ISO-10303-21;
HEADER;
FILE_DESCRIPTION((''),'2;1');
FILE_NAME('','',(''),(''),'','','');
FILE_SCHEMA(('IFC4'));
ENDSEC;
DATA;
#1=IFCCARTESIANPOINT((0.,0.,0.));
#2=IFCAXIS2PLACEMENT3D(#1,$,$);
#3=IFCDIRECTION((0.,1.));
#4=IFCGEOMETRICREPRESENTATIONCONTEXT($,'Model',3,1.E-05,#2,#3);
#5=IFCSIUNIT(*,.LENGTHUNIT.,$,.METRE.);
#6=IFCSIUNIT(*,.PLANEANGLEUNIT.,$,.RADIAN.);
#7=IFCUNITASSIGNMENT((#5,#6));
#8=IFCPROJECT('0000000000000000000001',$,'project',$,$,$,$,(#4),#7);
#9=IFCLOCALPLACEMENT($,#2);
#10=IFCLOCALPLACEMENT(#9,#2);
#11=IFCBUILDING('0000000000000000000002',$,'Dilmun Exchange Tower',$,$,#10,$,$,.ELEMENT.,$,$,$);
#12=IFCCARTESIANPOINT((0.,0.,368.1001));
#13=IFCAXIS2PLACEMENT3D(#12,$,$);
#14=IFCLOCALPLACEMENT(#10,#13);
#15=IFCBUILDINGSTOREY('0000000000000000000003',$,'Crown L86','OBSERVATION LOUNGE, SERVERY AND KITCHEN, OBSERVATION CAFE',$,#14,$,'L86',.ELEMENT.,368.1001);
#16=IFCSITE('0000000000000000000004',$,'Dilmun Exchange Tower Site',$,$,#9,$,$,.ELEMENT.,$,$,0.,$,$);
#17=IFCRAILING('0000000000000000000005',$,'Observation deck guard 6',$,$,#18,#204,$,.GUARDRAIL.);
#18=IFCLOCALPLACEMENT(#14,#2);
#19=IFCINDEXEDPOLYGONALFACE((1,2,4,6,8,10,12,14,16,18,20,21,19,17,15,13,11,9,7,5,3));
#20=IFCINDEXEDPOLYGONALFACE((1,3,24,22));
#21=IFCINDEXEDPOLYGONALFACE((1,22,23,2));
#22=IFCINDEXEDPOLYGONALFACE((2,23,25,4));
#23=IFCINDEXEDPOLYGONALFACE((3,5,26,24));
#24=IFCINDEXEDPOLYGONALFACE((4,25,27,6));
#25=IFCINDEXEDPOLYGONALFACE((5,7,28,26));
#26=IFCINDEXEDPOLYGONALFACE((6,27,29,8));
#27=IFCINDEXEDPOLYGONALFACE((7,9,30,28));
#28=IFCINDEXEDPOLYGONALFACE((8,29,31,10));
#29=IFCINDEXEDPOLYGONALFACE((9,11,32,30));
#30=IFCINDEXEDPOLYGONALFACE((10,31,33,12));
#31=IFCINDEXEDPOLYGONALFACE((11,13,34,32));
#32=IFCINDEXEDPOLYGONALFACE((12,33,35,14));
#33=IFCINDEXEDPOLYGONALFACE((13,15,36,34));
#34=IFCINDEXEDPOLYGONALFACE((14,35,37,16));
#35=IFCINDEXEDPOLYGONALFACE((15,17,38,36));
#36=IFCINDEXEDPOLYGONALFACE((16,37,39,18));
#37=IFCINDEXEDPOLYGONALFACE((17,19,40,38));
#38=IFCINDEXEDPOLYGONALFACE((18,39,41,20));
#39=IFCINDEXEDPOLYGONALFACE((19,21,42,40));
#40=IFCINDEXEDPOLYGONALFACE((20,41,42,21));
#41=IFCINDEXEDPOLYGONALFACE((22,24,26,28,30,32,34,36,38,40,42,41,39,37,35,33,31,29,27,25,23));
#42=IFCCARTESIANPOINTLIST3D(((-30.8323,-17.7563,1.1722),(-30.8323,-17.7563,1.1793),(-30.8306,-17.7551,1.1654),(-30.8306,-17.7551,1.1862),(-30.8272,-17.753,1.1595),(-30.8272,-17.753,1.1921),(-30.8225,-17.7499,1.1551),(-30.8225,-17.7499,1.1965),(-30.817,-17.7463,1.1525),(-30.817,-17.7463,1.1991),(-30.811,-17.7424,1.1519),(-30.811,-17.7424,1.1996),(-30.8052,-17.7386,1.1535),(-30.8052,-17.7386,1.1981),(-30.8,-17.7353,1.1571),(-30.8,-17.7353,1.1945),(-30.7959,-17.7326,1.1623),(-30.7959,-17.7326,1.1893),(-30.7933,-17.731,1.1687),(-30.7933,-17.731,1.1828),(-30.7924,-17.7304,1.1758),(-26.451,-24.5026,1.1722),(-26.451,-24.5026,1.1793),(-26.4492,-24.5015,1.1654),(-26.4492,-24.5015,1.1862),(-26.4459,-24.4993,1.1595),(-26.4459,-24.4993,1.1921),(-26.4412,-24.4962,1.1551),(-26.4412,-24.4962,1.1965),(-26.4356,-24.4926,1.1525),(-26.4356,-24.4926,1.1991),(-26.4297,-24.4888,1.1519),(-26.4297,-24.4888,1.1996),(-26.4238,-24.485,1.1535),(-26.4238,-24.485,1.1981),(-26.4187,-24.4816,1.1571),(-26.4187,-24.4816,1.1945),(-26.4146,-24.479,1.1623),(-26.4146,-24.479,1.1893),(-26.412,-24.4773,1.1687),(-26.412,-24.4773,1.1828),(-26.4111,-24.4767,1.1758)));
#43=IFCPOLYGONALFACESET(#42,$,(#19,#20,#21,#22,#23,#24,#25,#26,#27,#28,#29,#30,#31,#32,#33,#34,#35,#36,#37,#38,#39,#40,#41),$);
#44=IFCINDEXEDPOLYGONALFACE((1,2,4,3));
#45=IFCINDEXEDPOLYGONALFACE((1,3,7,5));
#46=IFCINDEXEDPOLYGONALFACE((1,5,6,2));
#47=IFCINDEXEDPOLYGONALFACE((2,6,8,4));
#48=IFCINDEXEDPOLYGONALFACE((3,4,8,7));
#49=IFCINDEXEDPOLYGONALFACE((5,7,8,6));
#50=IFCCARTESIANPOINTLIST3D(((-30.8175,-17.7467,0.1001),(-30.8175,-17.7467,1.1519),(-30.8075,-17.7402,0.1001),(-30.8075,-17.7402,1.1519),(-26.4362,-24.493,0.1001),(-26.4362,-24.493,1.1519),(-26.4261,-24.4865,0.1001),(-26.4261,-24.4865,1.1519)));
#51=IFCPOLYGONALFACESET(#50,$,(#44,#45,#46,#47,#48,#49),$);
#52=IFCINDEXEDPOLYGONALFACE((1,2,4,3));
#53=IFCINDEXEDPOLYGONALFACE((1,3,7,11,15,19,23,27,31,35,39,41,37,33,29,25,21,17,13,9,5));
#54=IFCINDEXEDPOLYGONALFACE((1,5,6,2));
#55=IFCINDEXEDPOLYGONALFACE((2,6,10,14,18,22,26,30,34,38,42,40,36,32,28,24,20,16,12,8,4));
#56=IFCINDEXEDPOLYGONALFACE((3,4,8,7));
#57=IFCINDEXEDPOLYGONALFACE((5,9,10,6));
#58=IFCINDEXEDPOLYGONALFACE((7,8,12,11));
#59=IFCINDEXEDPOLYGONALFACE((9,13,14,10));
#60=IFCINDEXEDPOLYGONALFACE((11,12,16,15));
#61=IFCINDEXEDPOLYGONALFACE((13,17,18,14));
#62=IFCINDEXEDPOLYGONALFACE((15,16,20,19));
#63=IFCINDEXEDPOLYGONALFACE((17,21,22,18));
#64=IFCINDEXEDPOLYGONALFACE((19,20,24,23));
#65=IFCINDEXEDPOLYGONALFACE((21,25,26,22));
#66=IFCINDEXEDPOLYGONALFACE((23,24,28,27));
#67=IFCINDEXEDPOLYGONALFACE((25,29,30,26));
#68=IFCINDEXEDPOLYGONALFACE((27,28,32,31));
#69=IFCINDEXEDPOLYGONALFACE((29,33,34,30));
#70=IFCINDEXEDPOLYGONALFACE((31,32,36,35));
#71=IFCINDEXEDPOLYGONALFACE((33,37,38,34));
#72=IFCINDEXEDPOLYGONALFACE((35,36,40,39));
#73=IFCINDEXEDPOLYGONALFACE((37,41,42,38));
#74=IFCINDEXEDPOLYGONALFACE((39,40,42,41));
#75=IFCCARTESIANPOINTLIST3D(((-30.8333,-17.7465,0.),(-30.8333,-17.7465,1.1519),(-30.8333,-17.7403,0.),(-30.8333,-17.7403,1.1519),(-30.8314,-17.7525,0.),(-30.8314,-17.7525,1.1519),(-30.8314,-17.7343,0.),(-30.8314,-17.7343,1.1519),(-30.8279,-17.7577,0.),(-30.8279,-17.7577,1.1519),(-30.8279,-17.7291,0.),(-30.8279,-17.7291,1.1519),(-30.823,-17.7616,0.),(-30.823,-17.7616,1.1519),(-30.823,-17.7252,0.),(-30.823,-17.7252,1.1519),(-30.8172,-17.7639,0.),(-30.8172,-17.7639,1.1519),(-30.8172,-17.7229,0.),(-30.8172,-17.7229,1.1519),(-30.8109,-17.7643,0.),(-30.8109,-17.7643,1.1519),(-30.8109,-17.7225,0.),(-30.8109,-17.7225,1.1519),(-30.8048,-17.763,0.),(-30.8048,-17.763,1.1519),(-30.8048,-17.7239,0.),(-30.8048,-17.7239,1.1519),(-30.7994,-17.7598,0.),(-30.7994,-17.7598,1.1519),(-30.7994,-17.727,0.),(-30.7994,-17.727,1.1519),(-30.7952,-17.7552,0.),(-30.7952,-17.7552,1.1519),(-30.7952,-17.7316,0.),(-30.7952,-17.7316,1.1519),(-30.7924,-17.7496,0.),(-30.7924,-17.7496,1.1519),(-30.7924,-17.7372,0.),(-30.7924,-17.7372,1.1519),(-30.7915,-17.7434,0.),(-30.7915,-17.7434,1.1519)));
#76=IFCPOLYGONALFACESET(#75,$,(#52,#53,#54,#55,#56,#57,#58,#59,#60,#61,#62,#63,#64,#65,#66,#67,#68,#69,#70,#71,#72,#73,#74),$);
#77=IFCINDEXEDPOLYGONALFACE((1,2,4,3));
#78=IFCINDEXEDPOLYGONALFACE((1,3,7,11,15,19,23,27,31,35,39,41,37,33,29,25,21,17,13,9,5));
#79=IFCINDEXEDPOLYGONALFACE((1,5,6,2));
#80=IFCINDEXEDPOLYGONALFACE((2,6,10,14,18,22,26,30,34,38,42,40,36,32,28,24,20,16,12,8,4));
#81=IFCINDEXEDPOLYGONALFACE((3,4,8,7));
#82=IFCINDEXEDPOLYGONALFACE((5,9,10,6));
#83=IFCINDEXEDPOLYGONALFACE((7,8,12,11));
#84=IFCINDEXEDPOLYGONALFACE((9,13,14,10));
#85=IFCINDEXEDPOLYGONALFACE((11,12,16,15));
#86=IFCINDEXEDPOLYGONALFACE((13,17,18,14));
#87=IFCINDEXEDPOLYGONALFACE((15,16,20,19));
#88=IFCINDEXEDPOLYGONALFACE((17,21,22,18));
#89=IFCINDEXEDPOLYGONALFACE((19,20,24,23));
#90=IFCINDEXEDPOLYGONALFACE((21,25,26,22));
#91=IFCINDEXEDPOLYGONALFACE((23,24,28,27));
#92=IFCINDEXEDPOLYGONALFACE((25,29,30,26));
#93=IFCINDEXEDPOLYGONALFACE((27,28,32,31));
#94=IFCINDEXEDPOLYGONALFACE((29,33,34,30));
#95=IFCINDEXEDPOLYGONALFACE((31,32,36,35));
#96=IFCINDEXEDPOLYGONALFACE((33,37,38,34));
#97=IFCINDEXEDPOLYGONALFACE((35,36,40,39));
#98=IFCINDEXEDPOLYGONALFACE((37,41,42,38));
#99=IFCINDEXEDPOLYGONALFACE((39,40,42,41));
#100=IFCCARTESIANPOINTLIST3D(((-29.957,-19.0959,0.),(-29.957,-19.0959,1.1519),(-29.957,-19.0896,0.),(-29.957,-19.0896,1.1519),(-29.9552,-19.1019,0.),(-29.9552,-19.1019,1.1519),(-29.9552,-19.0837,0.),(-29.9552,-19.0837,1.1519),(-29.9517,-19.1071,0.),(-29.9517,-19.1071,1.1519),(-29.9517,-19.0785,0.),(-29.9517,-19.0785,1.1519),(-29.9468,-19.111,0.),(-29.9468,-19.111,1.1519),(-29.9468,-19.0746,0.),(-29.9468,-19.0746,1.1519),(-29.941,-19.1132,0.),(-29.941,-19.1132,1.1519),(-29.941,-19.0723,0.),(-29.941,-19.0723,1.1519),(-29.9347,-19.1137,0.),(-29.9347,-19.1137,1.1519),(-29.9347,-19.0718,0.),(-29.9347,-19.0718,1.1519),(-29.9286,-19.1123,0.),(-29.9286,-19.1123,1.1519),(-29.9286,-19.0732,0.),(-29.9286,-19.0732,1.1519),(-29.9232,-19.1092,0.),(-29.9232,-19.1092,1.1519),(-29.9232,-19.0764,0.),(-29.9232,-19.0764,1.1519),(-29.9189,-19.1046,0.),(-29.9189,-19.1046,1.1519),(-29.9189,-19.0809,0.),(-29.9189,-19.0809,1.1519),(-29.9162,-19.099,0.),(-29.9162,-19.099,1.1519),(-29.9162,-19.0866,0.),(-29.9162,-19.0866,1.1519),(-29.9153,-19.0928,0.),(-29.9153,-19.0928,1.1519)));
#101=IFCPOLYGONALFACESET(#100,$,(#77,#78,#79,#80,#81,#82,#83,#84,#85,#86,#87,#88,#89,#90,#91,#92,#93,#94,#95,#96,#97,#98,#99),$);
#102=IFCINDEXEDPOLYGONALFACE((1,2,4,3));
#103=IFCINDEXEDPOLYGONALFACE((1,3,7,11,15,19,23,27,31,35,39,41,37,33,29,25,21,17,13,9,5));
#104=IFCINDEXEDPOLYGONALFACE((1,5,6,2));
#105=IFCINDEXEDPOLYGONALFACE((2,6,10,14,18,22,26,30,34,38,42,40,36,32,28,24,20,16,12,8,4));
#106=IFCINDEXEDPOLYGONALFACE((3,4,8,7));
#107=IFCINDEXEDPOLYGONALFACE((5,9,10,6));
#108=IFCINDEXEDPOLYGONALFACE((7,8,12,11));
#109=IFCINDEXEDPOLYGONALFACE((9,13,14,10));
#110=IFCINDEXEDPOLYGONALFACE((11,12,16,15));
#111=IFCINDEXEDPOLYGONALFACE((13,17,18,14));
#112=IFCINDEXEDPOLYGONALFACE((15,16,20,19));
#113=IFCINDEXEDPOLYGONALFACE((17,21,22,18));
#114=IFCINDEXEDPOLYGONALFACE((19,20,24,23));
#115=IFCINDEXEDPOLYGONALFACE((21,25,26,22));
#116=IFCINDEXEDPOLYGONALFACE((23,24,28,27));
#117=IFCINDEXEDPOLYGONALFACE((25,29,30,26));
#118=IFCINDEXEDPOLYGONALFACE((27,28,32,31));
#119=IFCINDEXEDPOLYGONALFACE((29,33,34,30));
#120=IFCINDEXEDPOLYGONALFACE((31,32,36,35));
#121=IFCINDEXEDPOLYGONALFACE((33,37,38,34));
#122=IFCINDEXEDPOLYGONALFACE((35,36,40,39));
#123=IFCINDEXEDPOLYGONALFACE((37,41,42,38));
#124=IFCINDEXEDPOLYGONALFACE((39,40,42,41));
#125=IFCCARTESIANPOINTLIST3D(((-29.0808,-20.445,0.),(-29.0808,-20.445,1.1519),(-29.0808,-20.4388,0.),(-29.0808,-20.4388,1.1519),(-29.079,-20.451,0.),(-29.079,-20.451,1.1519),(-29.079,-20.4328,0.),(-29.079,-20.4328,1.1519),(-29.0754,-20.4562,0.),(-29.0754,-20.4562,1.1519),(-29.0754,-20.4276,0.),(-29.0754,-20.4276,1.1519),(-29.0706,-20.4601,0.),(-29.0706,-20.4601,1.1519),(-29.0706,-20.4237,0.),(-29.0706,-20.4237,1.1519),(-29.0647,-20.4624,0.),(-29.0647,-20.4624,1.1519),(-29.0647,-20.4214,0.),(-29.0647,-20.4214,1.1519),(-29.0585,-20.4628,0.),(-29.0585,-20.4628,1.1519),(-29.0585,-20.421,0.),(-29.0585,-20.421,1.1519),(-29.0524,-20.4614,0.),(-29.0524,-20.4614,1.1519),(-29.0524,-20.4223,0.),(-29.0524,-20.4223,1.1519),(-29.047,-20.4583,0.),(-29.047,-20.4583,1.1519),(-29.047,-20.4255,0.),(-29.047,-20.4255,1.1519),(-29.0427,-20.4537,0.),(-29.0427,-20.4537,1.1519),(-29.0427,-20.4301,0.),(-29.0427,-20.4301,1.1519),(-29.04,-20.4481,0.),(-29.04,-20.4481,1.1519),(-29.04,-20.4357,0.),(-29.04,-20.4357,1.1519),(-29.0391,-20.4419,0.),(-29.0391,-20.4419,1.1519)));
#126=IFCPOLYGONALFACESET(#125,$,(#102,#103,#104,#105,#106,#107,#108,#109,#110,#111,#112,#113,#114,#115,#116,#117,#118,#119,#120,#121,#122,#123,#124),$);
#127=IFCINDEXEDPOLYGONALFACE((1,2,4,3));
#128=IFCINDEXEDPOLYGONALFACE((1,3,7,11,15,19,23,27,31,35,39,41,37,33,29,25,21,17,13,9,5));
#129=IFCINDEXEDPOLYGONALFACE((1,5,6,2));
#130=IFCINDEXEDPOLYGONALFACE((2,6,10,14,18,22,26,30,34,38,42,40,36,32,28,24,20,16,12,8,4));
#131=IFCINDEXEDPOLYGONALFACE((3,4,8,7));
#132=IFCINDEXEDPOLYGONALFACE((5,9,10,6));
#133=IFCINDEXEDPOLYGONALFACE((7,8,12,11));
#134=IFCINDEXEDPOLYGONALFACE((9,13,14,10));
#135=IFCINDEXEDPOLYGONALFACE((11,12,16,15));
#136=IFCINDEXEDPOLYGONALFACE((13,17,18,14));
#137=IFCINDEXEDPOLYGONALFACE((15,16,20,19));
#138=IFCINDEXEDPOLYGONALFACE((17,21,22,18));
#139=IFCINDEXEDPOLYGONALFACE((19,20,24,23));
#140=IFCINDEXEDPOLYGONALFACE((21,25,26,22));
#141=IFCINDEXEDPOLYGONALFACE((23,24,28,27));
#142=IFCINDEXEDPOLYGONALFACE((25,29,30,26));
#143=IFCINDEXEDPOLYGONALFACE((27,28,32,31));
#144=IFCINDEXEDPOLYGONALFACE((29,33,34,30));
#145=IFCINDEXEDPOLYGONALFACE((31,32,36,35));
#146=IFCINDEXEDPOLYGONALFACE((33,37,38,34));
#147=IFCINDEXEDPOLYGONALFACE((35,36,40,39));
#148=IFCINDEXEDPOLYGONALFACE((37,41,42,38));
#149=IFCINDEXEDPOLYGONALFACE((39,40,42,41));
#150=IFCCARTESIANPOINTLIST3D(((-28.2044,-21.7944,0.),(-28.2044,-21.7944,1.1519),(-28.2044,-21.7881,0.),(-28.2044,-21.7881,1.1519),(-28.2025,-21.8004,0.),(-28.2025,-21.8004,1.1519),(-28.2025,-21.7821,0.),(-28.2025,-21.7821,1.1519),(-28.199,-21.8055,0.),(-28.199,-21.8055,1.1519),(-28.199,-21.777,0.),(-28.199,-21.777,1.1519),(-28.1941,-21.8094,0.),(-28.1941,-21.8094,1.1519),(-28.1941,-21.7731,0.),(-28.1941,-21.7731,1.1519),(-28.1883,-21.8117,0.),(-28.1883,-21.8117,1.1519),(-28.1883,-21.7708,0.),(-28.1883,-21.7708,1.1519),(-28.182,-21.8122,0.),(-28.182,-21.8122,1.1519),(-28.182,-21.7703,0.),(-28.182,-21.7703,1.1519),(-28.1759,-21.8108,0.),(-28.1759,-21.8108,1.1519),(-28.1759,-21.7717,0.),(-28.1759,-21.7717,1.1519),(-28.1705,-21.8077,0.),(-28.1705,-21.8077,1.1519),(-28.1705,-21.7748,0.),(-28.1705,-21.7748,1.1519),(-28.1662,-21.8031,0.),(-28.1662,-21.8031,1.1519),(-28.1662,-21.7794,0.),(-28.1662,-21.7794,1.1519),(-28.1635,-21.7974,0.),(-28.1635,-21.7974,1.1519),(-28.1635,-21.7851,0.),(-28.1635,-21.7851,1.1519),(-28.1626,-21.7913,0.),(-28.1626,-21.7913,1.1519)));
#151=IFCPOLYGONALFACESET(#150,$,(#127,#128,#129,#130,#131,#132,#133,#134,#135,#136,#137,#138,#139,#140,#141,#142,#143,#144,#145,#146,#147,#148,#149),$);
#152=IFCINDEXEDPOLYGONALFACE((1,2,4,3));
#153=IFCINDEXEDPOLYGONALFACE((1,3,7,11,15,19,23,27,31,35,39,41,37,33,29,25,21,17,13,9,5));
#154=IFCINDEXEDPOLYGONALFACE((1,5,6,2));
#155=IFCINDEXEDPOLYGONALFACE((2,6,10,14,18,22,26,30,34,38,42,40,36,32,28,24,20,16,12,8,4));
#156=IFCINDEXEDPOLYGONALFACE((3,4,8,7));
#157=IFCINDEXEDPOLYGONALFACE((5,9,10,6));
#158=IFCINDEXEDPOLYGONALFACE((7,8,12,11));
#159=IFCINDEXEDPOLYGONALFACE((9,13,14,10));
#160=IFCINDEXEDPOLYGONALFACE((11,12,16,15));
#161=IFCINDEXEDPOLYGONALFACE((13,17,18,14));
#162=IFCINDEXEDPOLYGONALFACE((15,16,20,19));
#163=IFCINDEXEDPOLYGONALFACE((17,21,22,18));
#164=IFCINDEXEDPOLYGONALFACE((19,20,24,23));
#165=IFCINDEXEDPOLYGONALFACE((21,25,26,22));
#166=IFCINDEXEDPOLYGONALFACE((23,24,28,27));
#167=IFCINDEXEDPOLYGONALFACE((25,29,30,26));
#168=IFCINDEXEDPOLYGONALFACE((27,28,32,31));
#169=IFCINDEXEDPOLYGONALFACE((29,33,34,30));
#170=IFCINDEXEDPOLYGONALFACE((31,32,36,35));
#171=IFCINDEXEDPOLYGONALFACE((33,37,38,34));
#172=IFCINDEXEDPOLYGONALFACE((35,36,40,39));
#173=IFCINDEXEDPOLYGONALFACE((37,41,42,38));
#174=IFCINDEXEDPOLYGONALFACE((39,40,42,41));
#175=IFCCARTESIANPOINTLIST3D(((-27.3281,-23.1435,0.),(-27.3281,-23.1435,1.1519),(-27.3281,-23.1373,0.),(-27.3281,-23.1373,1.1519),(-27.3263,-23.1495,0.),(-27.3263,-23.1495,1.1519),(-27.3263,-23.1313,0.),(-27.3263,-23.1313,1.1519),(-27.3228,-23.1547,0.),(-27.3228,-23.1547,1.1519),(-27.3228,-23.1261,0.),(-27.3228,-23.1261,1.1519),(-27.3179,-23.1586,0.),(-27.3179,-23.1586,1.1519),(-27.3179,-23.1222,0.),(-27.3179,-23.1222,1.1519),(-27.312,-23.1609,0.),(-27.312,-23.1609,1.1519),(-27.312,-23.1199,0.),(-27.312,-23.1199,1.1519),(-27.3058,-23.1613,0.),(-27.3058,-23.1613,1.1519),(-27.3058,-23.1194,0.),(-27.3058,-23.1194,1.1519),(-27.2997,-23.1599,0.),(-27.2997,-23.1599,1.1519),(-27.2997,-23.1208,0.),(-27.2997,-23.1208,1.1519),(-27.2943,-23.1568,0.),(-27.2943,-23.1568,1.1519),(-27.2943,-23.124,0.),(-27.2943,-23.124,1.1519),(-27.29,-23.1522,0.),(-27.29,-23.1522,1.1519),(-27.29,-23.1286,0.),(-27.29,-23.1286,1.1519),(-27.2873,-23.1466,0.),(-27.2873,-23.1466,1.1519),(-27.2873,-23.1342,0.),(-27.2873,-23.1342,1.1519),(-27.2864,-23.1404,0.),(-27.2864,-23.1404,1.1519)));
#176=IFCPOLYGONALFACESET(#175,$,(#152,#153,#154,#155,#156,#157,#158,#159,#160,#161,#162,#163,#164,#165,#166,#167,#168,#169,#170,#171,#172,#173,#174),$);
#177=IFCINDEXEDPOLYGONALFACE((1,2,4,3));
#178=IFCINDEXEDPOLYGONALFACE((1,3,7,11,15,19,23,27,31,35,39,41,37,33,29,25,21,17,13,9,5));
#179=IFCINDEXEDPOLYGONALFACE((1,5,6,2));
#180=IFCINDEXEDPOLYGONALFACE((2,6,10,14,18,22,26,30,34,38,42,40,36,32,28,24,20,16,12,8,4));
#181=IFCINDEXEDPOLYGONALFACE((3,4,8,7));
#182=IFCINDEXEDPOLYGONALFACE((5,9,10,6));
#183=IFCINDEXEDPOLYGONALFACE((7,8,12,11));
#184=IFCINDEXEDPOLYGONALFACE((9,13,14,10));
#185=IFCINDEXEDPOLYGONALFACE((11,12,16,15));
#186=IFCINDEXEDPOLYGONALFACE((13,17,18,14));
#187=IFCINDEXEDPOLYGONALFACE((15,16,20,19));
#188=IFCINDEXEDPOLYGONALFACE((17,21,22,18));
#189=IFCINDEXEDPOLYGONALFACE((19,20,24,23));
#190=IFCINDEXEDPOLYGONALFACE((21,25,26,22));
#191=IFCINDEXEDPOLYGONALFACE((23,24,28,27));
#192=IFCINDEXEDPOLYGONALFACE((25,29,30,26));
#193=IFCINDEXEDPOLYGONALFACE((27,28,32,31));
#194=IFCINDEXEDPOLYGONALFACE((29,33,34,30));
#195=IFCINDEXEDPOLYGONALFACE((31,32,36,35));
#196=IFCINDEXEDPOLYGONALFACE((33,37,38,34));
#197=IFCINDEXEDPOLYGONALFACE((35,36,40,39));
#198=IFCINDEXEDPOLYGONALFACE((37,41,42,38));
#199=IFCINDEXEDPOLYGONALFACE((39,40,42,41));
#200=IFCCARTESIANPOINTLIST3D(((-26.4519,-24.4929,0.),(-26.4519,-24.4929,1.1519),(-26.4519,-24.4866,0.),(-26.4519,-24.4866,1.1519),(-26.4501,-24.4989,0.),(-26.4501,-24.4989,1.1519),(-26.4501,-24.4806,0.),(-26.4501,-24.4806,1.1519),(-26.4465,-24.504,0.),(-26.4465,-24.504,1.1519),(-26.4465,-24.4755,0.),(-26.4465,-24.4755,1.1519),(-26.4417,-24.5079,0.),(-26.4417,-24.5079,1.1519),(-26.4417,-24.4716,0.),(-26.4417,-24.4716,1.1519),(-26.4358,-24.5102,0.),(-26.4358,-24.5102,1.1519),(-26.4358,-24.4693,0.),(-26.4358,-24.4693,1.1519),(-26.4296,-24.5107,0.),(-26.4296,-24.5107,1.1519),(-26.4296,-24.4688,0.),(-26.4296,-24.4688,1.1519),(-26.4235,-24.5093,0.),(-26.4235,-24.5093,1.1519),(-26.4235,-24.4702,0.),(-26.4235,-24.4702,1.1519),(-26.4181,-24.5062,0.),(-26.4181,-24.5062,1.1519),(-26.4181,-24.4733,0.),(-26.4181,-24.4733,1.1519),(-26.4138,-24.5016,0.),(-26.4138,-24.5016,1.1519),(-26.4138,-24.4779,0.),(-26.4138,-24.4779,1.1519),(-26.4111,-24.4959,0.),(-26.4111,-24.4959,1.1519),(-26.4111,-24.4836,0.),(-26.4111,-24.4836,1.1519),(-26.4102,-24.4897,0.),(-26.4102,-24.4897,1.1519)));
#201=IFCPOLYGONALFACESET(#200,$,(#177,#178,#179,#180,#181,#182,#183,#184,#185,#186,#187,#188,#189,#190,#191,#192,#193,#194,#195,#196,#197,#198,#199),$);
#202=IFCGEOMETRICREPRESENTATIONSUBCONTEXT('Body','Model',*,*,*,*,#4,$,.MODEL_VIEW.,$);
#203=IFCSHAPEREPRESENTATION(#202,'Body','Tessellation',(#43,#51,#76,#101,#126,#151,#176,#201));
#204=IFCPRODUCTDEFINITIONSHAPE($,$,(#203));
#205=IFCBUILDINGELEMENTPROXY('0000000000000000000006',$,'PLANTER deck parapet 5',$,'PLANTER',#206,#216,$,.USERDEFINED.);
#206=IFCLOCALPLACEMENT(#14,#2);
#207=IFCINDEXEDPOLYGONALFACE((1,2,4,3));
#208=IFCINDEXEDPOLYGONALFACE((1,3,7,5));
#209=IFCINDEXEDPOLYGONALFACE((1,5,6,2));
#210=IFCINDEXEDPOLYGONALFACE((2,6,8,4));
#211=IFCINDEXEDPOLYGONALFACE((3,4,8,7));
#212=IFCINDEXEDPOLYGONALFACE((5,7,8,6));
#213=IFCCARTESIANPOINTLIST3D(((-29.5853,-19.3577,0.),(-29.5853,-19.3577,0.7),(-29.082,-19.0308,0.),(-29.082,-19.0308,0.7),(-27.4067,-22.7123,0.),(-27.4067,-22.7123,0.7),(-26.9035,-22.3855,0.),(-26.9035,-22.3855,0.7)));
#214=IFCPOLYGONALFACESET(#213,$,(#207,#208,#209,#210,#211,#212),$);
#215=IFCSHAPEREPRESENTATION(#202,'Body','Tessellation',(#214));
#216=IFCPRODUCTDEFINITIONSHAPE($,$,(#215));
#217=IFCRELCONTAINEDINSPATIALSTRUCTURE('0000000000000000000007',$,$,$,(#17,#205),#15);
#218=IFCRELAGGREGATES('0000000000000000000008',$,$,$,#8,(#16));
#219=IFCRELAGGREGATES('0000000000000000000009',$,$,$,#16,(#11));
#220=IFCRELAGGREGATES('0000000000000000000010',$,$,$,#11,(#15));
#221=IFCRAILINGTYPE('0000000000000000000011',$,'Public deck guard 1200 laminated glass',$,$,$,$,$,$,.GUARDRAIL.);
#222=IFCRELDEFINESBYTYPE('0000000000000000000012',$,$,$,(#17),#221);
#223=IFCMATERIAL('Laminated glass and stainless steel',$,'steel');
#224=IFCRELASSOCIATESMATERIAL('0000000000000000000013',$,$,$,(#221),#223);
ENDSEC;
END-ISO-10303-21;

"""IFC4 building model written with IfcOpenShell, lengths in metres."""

from ifc_helpers import new_model, si_unit, direction, frame, origin, origin_2d, place, context, subcontext, project, spatial, rectangle, circle, extrude, material, type_object, element, save


model = new_model("IFC4")

# Units and contexts
model_context = context("Model", 3, precision=1e-05, world=origin(), true_north=direction((0.0, 1.0)))
body_context = subcontext(model_context, "Body", "Model", "MODEL_VIEW")
ifc_project = project(units=[si_unit("LENGTHUNIT", "METRE"), si_unit("PLANEANGLEUNIT", "RADIAN")], contexts=[model_context])

# Site, building, storey
site_placement = place(None, origin())
site = spatial("IfcSite", under=ifc_project, at=site_placement, Name="Dilmun Exchange Tower Site", CompositionType="ELEMENT", RefElevation=0.0)
building_placement = place(site_placement, origin())
building = spatial("IfcBuilding", under=site, at=building_placement, Name="Dilmun Exchange Tower", CompositionType="ELEMENT")
storey_placement = place(building_placement, frame((0.0, 0.0, 368.1001)))
storey = spatial("IfcBuildingStorey", under=building, at=storey_placement, Name="Crown L86", Description="OBSERVATION LOUNGE, SERVERY AND KITCHEN, OBSERVATION CAFE", LongName="L86", CompositionType="ELEMENT", Elevation=368.1001)

# Railing
ifc_material_1 = material(Name="Laminated glass and stainless steel", Category="steel")
railing_type = type_object("IfcRailingType", Name="Public deck guard 1200 laminated glass", PredefinedType="GUARDRAIL", material=ifc_material_1)
railing_1_placement = place(storey_placement, frame((-30.8125, -17.7434, 0.0)))
element("IfcRailing", 1, at=railing_1_placement, inside=storey, type_object=railing_type, Name="Observation deck guard 6", PredefinedType="GUARDRAIL", context=body_context, shape_type="SweptSolid", body=[
    extrude(circle(Radius=0.0239, at=origin_2d()), frame((0.0, 0.0, 1.1758), z_axis=(0.544659, -0.838658, 0.0), x_axis=(0.838658, 0.544659, 0.0)), (0.0, 0.0, 1.0), 8.0442),
    extrude(rectangle(XDim=0.012, YDim=1.0518, at=origin_2d()), frame((0.0, 0.0, 0.626), z_axis=(0.544659, -0.838658, 0.0), x_axis=(0.838658, 0.544659, 0.0)), (0.0, 0.0, 1.0), 8.0442),
    extrude(circle(Radius=0.021, at=origin_2d()), origin(), (0.0, 0.0, 1.0), 1.1519),
    extrude(circle(Radius=0.021, at=origin_2d()), frame((0.8762, -1.3494, 0.0)), (0.0, 0.0, 1.0), 1.1519),
    extrude(circle(Radius=0.021, at=origin_2d()), frame((1.7524, -2.6985, 0.0)), (0.0, 0.0, 1.0), 1.1519),
    extrude(circle(Radius=0.021, at=origin_2d()), frame((2.6289, -4.0479, 0.0)), (0.0, 0.0, 1.0), 1.1519),
    extrude(circle(Radius=0.021, at=origin_2d()), frame((3.5051, -5.397, 0.0)), (0.0, 0.0, 1.0), 1.1519),
    extrude(circle(Radius=0.021, at=origin_2d()), frame((4.3813, -6.7463, 0.0)), (0.0, 0.0, 1.0), 1.1519),
])

# Building element proxy
proxy_placement = place(storey_placement, frame((-28.2444, -20.8716, 0.0), z_axis=(0.0, 0.0, 1.0), x_axis=(0.544639, -0.838671, 0.0)))
element("IfcBuildingElementProxy", 2, at=proxy_placement, inside=storey, Name="PLANTER deck parapet 5", ObjectType="PLANTER", PredefinedType="USERDEFINED", context=body_context, shape_type="SweptSolid", body=[
    extrude(rectangle(XDim=4.0, YDim=0.6001, at=origin_2d()), origin(), (0.0, 0.0, 1.0), 0.7),
])

save(model, "model.ifc")
